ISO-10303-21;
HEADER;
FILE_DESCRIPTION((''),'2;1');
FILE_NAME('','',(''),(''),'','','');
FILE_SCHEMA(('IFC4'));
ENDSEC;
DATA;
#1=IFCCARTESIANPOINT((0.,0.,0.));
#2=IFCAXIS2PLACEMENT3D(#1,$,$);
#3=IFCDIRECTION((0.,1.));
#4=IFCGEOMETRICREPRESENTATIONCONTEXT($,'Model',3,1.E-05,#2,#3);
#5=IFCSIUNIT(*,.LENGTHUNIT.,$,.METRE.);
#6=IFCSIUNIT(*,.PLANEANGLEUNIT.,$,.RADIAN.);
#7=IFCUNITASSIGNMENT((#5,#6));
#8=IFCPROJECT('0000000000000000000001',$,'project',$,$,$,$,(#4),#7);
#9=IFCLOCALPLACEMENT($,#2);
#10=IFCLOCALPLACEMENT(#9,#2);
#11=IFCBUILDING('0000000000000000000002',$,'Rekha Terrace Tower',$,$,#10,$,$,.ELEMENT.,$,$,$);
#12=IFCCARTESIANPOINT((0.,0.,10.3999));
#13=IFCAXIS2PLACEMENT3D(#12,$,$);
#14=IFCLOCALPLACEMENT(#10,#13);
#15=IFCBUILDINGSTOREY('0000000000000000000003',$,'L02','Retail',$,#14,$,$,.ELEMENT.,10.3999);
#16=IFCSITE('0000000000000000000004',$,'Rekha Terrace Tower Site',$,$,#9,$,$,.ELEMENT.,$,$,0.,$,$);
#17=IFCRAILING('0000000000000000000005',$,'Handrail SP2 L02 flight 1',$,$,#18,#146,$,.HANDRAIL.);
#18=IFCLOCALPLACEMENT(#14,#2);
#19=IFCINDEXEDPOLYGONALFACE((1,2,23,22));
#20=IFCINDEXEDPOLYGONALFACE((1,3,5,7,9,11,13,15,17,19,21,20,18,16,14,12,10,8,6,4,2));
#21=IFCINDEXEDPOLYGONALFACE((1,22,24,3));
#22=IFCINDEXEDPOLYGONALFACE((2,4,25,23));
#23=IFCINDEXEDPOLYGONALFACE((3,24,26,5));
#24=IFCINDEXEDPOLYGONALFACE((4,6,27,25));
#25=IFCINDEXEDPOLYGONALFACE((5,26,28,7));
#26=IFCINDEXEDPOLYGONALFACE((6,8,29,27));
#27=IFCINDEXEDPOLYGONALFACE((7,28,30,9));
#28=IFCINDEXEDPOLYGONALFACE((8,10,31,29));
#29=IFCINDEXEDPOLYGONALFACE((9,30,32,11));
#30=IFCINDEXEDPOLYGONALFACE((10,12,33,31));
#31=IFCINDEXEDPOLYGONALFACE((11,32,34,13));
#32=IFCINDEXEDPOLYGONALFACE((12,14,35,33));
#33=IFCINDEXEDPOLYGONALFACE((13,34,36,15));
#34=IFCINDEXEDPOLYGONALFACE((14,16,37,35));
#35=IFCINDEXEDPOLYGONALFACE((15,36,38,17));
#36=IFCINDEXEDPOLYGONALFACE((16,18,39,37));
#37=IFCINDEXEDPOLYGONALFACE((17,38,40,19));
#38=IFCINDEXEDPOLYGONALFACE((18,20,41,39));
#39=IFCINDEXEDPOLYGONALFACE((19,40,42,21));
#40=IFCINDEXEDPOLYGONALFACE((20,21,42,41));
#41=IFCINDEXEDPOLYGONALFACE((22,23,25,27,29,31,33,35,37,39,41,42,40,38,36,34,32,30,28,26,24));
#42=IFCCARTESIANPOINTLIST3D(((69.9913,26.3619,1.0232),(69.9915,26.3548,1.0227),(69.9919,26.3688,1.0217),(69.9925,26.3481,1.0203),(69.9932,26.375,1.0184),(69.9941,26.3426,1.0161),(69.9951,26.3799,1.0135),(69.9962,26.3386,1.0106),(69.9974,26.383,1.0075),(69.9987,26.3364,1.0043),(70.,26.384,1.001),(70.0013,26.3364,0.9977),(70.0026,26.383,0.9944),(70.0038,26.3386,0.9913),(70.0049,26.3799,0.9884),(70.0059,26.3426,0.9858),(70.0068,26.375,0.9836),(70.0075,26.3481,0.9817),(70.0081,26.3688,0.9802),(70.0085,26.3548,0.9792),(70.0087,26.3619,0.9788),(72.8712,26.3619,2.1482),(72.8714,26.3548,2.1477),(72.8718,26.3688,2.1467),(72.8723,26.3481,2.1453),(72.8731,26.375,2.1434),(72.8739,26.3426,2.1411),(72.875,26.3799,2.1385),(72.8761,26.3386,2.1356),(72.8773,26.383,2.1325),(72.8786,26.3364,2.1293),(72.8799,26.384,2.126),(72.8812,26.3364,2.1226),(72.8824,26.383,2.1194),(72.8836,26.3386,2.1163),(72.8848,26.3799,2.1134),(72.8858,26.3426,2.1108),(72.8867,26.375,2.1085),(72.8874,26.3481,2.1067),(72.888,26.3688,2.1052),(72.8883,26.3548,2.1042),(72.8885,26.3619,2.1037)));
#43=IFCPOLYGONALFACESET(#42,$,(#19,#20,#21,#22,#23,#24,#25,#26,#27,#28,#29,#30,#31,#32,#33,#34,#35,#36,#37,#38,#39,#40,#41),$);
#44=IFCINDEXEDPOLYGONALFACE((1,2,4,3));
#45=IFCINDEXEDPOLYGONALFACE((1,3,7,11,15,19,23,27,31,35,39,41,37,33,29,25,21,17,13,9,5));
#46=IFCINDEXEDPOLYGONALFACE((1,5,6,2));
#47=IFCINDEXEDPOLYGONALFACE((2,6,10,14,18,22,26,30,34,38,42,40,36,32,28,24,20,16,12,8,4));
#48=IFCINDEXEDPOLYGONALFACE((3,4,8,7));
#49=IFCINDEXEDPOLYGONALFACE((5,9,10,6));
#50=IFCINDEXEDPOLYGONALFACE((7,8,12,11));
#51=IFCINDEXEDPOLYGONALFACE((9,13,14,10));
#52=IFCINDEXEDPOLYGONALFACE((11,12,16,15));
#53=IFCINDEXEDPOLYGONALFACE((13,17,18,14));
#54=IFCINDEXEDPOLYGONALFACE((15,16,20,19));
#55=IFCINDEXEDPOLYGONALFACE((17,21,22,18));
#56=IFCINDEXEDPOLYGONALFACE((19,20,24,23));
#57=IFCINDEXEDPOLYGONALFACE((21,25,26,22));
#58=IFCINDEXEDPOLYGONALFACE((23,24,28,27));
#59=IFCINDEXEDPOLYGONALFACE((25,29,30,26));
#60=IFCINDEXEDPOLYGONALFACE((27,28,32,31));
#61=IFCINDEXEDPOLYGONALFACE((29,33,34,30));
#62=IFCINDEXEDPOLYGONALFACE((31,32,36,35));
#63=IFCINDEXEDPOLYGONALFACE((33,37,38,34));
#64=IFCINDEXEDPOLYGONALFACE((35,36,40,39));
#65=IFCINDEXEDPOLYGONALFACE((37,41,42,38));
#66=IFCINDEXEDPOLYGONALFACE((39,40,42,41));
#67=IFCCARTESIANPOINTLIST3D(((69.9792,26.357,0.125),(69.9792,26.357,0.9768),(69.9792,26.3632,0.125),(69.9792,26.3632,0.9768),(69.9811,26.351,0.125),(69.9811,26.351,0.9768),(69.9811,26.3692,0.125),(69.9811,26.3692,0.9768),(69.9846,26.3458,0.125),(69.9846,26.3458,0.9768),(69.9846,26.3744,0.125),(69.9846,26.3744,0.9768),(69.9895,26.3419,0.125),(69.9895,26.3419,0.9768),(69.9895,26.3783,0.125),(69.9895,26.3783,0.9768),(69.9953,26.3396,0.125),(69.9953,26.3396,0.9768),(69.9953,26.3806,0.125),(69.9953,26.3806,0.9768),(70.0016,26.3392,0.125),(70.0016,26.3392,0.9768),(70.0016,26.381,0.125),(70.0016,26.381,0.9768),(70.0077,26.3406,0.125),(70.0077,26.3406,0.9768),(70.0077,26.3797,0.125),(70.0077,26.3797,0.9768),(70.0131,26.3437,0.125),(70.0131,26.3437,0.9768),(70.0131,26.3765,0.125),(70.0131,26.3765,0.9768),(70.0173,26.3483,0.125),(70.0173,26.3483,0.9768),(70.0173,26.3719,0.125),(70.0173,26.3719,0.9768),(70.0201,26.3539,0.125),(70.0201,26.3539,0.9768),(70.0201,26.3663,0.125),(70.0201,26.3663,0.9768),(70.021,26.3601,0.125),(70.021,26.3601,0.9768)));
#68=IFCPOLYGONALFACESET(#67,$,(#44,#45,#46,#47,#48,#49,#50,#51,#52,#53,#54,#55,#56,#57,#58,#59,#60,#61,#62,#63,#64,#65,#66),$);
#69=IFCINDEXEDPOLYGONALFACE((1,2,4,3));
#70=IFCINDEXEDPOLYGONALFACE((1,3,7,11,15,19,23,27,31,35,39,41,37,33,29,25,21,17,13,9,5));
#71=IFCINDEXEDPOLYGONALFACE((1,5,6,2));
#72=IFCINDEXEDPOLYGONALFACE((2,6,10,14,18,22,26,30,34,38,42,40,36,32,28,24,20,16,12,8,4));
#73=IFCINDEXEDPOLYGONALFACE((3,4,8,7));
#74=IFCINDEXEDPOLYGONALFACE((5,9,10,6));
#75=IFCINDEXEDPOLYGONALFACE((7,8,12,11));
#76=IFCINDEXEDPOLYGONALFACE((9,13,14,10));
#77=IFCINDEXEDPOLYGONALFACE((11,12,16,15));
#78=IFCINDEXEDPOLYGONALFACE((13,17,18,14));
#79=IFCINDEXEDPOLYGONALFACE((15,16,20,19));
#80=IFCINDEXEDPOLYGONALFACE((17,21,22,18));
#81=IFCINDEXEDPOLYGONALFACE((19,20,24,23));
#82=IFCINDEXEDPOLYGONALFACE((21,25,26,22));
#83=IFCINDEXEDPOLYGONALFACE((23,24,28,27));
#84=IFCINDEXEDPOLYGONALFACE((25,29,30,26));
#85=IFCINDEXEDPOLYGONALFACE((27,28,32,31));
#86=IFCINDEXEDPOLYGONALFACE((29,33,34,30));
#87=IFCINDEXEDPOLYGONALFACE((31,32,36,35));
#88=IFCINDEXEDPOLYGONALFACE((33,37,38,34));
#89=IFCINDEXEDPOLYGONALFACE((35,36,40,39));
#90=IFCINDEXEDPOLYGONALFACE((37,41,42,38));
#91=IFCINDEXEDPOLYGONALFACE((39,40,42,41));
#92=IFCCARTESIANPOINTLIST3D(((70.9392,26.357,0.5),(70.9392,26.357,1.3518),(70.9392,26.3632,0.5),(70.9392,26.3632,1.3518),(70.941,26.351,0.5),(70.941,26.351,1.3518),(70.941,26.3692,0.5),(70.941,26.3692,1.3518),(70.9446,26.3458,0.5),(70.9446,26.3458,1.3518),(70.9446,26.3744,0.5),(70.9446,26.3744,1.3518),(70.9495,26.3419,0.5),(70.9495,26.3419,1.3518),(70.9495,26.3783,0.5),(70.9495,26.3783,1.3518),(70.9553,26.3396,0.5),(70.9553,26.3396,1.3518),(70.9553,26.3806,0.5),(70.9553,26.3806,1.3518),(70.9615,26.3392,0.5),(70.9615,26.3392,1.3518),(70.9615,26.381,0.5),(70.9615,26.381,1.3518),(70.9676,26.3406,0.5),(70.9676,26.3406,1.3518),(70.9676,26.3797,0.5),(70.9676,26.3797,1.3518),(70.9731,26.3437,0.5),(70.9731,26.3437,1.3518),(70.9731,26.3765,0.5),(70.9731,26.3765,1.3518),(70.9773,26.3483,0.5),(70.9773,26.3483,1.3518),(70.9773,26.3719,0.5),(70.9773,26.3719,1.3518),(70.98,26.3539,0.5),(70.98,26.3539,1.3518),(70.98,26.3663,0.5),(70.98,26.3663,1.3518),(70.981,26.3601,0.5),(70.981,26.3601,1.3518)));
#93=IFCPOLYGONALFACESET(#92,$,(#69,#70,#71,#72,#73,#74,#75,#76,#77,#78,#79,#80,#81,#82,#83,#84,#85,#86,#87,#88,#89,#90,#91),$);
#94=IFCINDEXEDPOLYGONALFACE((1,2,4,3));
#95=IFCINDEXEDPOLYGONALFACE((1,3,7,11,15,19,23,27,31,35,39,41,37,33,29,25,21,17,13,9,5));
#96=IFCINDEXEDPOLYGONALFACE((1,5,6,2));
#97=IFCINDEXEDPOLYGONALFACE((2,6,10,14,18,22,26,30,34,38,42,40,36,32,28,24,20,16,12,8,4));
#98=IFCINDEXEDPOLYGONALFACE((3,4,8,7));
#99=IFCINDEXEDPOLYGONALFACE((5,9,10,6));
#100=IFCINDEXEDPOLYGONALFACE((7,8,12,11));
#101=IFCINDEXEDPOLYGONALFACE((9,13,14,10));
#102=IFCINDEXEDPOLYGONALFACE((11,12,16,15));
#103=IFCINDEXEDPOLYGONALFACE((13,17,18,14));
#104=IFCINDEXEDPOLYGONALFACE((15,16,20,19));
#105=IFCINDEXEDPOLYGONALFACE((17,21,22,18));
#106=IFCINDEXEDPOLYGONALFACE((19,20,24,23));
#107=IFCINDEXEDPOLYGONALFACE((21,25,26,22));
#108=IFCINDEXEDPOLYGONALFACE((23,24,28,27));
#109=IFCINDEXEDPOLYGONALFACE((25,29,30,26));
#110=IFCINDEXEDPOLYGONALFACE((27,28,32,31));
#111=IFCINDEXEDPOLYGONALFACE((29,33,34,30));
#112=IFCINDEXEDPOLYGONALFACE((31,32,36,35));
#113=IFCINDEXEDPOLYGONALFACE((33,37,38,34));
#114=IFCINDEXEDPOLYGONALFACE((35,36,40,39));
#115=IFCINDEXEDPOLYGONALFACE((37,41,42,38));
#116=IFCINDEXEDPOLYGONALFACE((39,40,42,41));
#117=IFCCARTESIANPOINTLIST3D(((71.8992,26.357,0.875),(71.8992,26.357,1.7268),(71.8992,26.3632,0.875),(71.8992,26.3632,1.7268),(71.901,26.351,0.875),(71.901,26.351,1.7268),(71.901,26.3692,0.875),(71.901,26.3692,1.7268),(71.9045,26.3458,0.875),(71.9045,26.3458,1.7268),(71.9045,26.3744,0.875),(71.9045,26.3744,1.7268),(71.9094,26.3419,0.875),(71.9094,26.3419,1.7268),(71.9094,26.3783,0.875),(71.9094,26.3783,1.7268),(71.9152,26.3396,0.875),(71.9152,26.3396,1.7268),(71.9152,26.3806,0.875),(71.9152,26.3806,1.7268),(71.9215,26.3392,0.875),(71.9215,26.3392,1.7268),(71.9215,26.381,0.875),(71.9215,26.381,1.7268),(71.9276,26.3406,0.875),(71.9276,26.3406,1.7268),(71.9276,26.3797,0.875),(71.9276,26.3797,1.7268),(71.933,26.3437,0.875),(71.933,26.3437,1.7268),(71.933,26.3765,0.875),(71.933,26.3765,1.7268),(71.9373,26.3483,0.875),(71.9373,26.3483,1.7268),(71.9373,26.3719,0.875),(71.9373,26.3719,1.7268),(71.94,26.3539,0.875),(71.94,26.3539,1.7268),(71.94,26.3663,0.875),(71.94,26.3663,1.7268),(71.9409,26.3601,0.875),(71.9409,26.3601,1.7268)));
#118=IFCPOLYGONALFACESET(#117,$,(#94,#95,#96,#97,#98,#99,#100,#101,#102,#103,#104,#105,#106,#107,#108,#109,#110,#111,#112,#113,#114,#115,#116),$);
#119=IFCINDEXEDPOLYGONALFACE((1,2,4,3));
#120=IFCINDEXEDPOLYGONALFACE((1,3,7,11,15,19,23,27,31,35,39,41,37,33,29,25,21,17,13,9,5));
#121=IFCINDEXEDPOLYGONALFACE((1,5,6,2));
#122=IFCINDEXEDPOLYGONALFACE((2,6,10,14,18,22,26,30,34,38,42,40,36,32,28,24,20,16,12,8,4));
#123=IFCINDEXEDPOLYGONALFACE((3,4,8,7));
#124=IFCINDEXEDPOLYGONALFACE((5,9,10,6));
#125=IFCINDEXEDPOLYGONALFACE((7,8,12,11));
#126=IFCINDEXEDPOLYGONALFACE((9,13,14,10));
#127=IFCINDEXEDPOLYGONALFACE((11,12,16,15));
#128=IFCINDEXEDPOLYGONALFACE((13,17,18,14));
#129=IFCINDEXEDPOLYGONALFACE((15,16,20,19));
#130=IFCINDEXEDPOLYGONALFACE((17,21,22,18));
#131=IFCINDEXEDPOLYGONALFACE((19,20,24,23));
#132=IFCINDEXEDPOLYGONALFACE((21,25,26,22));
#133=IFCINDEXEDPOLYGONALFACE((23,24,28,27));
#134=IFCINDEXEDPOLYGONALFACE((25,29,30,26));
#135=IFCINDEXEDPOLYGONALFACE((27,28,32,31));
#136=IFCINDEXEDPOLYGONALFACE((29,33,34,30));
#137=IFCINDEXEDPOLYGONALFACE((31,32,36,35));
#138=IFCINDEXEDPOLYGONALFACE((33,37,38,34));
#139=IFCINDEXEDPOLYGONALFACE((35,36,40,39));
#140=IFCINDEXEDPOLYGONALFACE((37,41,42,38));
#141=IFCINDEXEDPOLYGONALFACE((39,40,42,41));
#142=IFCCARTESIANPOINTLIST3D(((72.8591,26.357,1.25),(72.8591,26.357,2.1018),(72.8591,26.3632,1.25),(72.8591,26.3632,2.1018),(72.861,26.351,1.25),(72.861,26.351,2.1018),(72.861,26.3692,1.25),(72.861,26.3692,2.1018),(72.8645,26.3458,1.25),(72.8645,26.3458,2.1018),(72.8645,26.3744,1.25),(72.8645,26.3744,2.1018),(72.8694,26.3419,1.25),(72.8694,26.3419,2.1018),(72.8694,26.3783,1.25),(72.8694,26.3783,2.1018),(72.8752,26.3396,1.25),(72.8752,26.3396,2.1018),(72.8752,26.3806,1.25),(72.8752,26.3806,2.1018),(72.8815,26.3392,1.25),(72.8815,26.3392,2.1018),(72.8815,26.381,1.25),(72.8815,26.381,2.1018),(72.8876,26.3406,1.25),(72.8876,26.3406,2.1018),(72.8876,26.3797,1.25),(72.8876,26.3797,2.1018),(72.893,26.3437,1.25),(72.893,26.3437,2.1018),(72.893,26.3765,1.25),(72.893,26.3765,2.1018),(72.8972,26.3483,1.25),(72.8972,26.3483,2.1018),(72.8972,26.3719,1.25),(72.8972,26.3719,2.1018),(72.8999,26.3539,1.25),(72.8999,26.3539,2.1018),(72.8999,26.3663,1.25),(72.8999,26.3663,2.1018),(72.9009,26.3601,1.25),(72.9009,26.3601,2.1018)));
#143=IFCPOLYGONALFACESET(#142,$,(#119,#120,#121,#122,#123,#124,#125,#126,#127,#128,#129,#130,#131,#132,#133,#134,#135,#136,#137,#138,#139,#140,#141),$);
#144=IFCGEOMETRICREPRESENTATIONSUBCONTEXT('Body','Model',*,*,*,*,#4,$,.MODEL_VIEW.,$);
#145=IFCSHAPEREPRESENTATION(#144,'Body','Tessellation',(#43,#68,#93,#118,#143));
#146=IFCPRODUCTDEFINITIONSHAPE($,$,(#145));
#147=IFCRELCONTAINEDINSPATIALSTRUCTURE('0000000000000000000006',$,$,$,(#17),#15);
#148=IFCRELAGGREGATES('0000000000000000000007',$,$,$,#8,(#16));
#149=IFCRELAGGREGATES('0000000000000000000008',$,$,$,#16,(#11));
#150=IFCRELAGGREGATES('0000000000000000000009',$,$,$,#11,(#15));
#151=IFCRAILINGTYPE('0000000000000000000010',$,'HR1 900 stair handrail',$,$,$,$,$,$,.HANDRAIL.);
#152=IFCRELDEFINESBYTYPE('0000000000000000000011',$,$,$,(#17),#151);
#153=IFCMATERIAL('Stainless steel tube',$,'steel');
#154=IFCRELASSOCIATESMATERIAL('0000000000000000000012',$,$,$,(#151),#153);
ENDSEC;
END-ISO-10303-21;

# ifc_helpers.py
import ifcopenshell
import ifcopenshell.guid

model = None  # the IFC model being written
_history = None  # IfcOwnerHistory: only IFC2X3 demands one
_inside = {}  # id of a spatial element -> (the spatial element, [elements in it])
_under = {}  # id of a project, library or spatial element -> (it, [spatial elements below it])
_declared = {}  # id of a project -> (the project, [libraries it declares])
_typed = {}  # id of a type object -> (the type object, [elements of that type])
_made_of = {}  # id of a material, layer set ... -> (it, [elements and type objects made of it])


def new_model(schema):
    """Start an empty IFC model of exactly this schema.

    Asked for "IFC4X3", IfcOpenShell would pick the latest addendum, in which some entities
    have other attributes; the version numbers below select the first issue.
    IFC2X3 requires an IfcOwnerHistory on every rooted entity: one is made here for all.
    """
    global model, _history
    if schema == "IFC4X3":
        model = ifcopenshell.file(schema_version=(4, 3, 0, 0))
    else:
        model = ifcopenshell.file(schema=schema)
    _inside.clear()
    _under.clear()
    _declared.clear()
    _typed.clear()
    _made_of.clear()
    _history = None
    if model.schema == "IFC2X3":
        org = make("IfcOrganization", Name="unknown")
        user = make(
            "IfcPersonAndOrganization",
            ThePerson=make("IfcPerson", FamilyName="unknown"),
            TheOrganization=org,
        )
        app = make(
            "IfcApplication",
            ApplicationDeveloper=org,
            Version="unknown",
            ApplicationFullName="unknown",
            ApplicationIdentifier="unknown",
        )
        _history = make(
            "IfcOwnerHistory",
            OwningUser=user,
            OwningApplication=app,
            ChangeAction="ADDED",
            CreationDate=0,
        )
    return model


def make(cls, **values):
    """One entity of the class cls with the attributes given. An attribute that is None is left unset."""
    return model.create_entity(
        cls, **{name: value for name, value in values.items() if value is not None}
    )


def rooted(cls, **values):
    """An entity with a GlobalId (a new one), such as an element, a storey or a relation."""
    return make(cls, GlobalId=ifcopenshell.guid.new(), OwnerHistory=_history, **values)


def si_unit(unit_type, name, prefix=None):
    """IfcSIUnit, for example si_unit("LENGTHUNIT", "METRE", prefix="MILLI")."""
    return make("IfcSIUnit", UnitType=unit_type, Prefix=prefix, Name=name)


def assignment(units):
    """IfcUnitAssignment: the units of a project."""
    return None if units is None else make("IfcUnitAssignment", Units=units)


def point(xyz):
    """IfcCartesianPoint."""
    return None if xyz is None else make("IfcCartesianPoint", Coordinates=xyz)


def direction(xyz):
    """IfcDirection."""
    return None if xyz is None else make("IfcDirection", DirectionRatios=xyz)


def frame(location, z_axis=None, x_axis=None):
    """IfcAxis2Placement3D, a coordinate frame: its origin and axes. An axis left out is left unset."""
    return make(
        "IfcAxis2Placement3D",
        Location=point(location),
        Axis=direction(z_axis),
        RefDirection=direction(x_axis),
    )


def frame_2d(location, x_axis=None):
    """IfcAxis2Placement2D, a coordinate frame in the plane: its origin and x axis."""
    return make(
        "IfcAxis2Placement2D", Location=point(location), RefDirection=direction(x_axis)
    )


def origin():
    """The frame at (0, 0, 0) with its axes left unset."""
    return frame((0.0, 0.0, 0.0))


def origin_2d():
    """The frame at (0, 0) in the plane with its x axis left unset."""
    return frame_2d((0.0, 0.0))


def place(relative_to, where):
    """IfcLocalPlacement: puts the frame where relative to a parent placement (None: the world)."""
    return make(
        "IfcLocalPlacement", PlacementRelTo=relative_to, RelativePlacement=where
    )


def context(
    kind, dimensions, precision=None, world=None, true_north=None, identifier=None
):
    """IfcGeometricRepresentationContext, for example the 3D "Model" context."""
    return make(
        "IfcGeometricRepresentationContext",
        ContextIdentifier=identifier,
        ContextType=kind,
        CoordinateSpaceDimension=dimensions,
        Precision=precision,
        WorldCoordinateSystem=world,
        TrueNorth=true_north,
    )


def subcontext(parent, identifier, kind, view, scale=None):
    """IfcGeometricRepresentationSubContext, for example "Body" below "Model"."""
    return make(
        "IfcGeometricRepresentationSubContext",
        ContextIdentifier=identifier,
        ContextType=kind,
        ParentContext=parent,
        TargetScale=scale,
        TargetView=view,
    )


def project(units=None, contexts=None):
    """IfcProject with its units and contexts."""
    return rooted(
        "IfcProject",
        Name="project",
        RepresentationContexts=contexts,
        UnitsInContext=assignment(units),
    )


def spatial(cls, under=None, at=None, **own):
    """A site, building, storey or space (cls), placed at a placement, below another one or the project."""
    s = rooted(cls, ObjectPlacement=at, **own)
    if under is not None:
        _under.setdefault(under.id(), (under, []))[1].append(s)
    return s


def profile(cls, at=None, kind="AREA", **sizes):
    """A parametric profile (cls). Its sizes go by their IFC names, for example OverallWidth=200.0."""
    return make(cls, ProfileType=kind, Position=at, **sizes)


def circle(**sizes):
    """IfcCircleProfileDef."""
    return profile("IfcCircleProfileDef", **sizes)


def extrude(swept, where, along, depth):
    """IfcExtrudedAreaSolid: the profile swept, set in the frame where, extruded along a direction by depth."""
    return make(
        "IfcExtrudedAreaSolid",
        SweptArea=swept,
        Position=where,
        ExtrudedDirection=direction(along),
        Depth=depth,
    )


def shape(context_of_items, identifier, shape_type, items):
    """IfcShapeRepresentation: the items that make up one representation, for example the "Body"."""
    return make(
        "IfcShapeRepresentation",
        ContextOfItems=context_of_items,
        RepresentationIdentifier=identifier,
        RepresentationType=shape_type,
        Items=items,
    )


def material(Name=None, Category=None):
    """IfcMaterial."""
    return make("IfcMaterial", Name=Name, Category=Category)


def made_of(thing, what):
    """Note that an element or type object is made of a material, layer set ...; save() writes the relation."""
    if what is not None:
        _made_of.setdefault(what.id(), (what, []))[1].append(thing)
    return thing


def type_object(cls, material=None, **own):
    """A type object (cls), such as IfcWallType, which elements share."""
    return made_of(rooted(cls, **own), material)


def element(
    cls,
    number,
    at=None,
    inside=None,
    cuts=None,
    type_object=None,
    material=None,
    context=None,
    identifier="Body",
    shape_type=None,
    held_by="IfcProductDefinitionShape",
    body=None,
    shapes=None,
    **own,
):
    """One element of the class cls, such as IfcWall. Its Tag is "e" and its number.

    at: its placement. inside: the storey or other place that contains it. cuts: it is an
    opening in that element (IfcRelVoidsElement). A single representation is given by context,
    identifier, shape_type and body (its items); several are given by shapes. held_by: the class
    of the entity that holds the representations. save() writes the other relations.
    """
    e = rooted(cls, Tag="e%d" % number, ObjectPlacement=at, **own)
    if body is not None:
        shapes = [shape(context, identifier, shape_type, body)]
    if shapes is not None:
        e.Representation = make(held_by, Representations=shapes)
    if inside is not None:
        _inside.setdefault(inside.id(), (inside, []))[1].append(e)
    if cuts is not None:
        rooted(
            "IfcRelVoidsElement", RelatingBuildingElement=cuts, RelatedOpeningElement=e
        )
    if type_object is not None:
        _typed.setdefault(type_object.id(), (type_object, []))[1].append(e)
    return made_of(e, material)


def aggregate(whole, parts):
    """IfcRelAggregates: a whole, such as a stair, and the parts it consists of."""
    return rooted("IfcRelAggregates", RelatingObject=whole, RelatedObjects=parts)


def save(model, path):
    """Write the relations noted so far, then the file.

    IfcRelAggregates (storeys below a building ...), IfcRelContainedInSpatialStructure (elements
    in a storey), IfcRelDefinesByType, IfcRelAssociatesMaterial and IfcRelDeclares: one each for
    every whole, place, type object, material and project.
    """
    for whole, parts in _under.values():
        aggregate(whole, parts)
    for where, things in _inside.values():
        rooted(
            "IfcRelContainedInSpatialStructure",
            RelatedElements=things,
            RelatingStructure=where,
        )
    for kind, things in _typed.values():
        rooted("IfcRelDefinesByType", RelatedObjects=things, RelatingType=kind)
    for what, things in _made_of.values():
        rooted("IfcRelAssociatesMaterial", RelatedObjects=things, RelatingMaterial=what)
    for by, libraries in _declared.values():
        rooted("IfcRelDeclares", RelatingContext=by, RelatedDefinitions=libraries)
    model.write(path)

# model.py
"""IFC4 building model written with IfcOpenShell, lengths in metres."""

from ifc_helpers import new_model, si_unit, direction, frame, origin, origin_2d, place, context, subcontext, project, spatial, circle, extrude, material, type_object, element, save


model = new_model("IFC4")

# Units and contexts
model_context = context("Model", 3, precision=1e-05, world=origin(), true_north=direction((0.0, 1.0)))
body_context = subcontext(model_context, "Body", "Model", "MODEL_VIEW")
ifc_project = project(units=[si_unit("LENGTHUNIT", "METRE"), si_unit("PLANEANGLEUNIT", "RADIAN")], contexts=[model_context])

# Site, building, storey
site_placement = place(None, origin())
site = spatial("IfcSite", under=ifc_project, at=site_placement, Name="Rekha Terrace Tower Site", CompositionType="ELEMENT", RefElevation=0.0)
building_placement = place(site_placement, origin())
building = spatial("IfcBuilding", under=site, at=building_placement, Name="Rekha Terrace Tower", CompositionType="ELEMENT")
storey_placement = place(building_placement, frame((0.0, 0.0, 10.3999)))
storey = spatial("IfcBuildingStorey", under=building, at=storey_placement, Name="L02", Description="Retail", CompositionType="ELEMENT", Elevation=10.3999)

# Railing
ifc_material_1 = material(Name="Stainless steel tube", Category="steel")
railing_type = type_object("IfcRailingType", Name="HR1 900 stair handrail", PredefinedType="HANDRAIL", material=ifc_material_1)
railing_placement = place(storey_placement, frame((70.0, 26.3601, 0.125)))
element("IfcRailing", 1, at=railing_placement, inside=storey, type_object=railing_type, Name="Handrail SP2 L02 flight 1", PredefinedType="HANDRAIL", context=body_context, shape_type="SweptSolid", body=[
    extrude(circle(Radius=0.0239, at=origin_2d()), frame((0.0, 0.0, 0.876), z_axis=(0.931452, 0.0, 0.363863), x_axis=(0.0, 1.0, 0.0)), (0.0, 0.0, 1.0), 3.0918),
    extrude(circle(Radius=0.021, at=origin_2d()), origin(), (0.0, 0.0, 1.0), 0.8518),
    extrude(circle(Radius=0.021, at=origin_2d()), frame((0.96, 0.0, 0.375)), (0.0, 0.0, 1.0), 0.8518),
    extrude(circle(Radius=0.021, at=origin_2d()), frame((1.9199, 0.0, 0.75)), (0.0, 0.0, 1.0), 0.8518),
    extrude(circle(Radius=0.021, at=origin_2d()), frame((2.8799, 0.0, 1.125)), (0.0, 0.0, 1.0), 0.8518),
])

save(model, "model.ifc")
